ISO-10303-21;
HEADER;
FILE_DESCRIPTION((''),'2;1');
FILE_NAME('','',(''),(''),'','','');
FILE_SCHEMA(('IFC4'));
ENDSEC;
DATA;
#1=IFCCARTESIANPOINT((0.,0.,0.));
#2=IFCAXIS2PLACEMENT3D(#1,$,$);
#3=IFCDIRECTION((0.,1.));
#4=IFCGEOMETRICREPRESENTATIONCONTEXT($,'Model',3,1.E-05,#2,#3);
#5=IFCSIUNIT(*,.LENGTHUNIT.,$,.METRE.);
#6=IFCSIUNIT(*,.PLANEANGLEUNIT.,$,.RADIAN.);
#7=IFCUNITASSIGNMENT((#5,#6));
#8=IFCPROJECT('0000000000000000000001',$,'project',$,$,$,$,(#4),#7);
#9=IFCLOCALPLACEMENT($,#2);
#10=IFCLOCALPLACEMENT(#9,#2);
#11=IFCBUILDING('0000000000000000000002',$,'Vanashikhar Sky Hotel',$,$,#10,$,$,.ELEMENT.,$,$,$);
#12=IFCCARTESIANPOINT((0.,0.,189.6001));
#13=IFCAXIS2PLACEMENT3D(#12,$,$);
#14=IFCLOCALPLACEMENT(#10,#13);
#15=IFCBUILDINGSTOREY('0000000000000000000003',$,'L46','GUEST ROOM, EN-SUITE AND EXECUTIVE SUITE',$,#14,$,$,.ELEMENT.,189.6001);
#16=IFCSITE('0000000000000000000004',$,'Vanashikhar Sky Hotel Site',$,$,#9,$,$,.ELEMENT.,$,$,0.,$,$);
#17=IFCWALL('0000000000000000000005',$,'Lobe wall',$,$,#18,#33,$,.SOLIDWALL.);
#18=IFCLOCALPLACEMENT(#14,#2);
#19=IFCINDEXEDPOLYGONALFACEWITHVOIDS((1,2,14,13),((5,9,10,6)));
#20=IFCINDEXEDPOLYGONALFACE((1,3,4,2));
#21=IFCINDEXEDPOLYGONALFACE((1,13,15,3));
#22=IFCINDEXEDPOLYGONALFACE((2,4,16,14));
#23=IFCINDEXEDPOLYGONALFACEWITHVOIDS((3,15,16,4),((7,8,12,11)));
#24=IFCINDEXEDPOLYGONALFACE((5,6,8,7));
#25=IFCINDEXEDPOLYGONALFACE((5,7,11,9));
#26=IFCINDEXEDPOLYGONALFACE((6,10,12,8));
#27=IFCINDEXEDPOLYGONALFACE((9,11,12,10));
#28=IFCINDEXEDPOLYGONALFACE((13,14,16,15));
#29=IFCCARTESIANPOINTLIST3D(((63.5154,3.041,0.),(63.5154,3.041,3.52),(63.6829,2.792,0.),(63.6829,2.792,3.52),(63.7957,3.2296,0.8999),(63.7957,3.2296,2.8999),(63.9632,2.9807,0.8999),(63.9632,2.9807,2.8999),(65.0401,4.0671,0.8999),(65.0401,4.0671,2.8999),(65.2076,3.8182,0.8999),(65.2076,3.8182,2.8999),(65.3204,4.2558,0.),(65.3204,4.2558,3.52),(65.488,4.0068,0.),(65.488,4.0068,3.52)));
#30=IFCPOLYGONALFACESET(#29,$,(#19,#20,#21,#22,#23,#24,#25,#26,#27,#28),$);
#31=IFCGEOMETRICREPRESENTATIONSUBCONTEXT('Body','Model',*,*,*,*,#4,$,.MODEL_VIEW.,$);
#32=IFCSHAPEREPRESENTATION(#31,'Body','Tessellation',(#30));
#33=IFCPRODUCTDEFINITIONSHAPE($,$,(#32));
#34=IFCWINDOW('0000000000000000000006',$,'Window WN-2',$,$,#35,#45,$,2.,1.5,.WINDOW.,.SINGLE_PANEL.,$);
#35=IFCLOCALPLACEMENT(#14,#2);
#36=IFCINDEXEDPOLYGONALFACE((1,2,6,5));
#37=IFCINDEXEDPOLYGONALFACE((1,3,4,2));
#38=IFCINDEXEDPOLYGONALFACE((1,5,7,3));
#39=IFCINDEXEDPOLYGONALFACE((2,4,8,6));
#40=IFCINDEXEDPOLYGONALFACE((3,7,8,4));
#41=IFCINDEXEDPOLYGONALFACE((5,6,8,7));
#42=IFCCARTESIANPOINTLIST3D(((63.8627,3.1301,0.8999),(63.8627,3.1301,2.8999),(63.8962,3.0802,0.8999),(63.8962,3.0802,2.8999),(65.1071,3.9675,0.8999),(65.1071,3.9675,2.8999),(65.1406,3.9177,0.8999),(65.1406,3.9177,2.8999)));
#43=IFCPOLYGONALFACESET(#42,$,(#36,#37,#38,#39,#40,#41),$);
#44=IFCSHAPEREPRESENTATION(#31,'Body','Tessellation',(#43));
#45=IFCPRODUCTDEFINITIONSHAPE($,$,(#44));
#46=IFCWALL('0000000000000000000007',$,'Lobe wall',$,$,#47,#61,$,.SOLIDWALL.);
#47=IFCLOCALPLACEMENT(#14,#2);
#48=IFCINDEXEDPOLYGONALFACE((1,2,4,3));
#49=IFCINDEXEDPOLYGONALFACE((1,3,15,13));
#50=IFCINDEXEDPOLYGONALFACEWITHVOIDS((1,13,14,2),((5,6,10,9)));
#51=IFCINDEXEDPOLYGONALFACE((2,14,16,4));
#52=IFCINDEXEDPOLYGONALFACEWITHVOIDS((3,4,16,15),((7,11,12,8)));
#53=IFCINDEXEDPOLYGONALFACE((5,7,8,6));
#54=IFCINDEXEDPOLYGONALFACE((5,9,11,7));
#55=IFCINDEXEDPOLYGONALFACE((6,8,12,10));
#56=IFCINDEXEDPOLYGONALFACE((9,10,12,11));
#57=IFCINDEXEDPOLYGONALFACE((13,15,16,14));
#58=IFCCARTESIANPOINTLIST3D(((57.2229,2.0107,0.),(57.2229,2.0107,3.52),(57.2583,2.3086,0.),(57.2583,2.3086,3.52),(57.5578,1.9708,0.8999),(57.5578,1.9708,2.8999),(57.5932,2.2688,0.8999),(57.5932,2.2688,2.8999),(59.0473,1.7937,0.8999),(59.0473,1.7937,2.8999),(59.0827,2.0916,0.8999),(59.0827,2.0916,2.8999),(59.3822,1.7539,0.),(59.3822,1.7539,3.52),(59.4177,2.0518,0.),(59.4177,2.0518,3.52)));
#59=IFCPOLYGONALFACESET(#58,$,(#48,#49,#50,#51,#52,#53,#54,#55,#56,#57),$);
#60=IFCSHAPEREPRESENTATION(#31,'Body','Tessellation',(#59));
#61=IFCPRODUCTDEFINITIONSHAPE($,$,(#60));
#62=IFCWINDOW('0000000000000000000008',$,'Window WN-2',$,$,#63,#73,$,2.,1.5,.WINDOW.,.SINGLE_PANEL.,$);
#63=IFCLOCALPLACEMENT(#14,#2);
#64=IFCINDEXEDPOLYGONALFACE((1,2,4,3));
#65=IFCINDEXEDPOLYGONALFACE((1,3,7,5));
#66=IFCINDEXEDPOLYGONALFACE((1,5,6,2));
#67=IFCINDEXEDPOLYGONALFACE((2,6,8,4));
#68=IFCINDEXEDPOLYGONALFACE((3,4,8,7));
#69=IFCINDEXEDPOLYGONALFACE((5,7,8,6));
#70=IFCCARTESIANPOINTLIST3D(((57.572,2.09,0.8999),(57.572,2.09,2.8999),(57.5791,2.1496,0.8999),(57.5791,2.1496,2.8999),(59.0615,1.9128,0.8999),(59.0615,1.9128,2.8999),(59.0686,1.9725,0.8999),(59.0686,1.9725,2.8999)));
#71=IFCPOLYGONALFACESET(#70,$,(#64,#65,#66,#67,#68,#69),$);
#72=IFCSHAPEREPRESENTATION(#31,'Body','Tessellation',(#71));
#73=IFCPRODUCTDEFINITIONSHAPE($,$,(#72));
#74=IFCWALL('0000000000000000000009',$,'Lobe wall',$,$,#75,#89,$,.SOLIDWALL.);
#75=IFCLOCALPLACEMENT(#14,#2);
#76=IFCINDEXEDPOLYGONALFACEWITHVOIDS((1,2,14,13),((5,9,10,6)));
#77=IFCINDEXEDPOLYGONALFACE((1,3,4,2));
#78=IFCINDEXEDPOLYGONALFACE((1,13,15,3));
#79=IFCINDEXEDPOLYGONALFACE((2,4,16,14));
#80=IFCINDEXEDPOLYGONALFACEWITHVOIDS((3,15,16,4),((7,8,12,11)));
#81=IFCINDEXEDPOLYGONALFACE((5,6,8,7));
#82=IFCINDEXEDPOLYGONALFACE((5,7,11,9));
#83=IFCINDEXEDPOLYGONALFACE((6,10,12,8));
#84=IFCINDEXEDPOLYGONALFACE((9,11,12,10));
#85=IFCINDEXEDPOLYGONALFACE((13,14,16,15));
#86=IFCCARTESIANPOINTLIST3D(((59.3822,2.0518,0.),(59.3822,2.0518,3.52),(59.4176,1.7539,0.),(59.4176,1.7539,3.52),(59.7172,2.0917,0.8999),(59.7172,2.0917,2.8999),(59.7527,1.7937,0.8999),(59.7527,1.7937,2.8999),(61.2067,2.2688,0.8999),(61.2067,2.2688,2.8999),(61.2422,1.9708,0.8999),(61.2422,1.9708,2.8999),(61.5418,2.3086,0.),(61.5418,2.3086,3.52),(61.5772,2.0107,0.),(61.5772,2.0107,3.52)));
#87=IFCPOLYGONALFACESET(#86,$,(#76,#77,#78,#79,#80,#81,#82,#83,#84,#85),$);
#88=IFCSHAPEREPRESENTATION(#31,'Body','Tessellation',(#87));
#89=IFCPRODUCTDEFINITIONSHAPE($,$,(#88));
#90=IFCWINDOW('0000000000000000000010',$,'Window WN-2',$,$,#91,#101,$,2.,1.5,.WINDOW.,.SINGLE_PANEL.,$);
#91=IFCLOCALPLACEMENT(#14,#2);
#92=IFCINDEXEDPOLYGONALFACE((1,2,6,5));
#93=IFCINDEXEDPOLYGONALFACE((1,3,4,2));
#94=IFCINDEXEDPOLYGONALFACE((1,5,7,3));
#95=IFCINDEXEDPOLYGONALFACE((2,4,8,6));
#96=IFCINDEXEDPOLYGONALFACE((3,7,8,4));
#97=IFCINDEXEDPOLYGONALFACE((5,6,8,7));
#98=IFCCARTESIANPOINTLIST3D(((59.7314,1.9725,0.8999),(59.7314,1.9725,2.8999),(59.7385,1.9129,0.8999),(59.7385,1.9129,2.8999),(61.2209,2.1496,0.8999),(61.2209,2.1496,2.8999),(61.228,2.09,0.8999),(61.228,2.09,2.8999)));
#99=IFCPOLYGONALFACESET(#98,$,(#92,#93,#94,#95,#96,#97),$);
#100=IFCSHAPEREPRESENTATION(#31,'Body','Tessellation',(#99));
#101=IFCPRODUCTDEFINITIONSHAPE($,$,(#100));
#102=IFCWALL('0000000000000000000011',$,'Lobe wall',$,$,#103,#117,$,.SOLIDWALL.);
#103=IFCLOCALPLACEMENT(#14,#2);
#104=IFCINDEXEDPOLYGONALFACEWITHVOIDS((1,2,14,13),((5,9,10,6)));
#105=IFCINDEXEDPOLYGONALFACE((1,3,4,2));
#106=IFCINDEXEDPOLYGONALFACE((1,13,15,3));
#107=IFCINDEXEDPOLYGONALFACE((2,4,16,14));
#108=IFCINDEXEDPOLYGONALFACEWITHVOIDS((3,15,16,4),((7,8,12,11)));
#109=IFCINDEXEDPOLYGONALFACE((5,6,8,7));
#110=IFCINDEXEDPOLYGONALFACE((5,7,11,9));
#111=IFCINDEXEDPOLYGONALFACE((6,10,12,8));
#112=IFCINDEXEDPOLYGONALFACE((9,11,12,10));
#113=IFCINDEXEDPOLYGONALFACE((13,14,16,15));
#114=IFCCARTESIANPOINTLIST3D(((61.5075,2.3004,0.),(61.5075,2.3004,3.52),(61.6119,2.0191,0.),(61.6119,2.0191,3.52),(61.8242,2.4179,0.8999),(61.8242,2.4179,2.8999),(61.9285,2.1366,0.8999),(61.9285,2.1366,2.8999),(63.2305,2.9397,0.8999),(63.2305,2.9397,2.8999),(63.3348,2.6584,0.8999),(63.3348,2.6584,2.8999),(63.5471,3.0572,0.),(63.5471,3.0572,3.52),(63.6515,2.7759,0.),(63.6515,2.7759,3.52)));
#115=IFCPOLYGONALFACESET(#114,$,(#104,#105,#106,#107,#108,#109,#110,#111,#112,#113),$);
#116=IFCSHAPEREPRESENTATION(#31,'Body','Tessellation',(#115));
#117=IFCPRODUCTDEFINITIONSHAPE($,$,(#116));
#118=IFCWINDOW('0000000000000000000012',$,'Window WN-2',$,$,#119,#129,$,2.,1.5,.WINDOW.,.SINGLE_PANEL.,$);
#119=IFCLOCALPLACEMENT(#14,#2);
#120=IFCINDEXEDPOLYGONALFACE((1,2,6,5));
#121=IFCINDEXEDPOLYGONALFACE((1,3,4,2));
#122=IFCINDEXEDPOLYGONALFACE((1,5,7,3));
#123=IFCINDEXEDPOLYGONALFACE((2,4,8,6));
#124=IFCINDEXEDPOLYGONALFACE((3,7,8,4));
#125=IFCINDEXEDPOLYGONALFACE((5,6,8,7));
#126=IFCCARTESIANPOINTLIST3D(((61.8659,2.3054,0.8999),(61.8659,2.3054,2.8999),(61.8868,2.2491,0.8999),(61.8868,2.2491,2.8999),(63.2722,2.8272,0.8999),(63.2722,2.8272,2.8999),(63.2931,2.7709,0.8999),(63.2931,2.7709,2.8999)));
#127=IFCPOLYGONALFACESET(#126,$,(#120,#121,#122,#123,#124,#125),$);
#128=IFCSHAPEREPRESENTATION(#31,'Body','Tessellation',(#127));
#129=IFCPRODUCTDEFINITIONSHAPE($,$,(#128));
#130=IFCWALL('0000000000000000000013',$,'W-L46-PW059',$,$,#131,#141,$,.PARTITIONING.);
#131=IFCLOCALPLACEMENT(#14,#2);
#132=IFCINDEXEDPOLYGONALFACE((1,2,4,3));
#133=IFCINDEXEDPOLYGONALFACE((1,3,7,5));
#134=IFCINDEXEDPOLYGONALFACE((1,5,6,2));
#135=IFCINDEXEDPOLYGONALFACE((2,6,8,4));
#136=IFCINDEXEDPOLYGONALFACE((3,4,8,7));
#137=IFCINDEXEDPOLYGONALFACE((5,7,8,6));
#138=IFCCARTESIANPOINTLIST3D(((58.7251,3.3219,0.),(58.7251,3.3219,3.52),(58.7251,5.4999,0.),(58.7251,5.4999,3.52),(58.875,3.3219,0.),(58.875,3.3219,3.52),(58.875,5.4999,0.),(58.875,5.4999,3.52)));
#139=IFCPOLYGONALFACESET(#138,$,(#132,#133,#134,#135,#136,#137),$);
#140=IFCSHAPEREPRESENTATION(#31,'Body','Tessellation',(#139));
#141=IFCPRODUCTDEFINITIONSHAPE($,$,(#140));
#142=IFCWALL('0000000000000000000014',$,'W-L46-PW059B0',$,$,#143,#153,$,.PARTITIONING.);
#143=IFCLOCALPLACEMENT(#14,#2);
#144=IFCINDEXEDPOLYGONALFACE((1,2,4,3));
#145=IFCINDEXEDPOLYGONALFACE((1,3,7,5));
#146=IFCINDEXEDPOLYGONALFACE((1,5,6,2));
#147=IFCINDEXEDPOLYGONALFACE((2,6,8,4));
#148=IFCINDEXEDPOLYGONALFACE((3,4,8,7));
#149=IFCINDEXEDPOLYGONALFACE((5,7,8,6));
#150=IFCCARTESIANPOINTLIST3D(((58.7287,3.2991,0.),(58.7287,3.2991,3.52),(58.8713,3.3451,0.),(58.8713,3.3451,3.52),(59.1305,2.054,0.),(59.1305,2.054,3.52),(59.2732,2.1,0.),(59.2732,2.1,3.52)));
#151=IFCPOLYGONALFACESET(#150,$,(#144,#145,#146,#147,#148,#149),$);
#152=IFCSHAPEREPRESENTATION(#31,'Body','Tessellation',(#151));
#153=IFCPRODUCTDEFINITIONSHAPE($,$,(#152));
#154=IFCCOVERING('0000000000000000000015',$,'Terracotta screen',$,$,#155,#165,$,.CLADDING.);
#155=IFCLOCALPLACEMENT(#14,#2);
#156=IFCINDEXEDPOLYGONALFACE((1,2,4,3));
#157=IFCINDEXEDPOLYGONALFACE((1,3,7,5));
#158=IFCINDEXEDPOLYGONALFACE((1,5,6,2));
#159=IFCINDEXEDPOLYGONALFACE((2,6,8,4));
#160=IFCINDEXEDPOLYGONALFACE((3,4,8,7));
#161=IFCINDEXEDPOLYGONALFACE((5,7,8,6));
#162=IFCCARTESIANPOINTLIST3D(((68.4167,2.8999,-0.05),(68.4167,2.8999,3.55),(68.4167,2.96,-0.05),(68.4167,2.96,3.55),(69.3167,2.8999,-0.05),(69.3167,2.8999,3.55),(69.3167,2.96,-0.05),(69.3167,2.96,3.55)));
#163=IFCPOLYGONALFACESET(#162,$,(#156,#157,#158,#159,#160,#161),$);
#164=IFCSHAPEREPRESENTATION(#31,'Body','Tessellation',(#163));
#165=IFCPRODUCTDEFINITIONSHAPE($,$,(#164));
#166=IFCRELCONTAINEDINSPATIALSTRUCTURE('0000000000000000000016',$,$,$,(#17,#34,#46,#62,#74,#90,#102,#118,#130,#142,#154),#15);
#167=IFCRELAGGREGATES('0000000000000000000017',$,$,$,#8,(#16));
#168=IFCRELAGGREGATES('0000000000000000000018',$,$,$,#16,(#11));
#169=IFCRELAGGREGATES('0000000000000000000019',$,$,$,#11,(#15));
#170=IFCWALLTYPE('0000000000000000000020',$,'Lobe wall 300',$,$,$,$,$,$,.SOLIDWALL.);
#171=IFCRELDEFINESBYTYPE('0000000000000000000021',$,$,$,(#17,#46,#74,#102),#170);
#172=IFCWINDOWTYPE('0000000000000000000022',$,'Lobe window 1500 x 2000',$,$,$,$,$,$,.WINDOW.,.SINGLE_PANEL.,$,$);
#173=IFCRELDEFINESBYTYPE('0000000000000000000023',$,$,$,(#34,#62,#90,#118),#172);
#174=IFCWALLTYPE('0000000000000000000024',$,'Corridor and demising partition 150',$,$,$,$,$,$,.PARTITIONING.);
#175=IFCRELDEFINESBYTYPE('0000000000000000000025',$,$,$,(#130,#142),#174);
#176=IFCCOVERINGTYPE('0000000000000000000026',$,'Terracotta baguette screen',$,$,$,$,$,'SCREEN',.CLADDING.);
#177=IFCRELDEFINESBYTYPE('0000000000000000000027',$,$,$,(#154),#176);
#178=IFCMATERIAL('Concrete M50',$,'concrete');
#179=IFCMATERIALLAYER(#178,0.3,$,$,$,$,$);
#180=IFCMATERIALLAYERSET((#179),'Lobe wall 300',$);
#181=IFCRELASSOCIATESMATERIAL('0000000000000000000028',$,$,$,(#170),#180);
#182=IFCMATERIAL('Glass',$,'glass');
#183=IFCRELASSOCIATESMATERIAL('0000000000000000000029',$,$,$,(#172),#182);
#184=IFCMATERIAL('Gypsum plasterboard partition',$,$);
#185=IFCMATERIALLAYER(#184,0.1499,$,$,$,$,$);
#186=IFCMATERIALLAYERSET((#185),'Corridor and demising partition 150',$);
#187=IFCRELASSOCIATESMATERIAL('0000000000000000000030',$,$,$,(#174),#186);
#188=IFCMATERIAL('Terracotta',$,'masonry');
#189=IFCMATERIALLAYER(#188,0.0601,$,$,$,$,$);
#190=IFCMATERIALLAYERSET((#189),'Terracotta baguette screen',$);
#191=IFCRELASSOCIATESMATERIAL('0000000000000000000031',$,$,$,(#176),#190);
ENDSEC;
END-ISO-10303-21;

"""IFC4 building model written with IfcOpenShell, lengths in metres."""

from ifc_helpers import new_model, si_unit, direction, frame, frame_2d, origin, origin_2d, place, context, subcontext, project, spatial, rectangle, extrude, source, transform, mapped, material, layer, layer_set, type_object, element, fill, save


model = new_model("IFC4")

# Units and contexts
model_context = context("Model", 3, precision=1e-05, world=origin(), true_north=direction((0.0, 1.0)))
body_context = subcontext(model_context, "Body", "Model", "MODEL_VIEW")
ifc_project = project(units=[si_unit("LENGTHUNIT", "METRE"), si_unit("PLANEANGLEUNIT", "RADIAN")], contexts=[model_context])

# Site, building, storey
site_placement = place(None, origin())
site = spatial("IfcSite", under=ifc_project, at=site_placement, Name="Vanashikhar Sky Hotel Site", CompositionType="ELEMENT", RefElevation=0.0)
building_placement = place(site_placement, origin())
building = spatial("IfcBuilding", under=site, at=building_placement, Name="Vanashikhar Sky Hotel", CompositionType="ELEMENT")
storey_placement = place(building_placement, frame((0.0, 0.0, 189.6001)))
storey = spatial("IfcBuildingStorey", under=building, at=storey_placement, Name="L46", Description="GUEST ROOM, EN-SUITE AND EXECUTIVE SUITE", CompositionType="ELEMENT", Elevation=189.6001)

# Walls, openings, windows
ifc_material_1 = material(Name="Concrete M50", Category="concrete")
ifc_layer_1 = layer(ifc_material_1, 0.3)
ifc_layer_set_1 = layer_set([ifc_layer_1], Name="Lobe wall 300")
wall_type_1 = type_object("IfcWallType", Name="Lobe wall 300", PredefinedType="SOLIDWALL", material=ifc_layer_set_1)
shared_shape_1 = source(origin(), body_context, "Body", "SweptSolid", [
    extrude(rectangle(XDim=2.1758, YDim=0.3, at=frame_2d((1.0879, 0.0))), origin(), (0.0, 0.0, 1.0), 3.52),
])
wall_1_placement = place(storey_placement, frame((63.5991, 2.9165, 0.0), z_axis=(0.0, 0.0, 1.0), x_axis=(0.829626, 0.55832, 0.0)))
wall_1 = element("IfcWall", 1, at=wall_1_placement, inside=storey, type_object=wall_type_1, Name="Lobe wall", PredefinedType="SOLIDWALL", context=body_context, shape_type="MappedRepresentation", body=[
    mapped(shared_shape_1, transform((0.0, 0.0, 0.0), scale=1.0)),
])
shared_shape_2 = source(origin(), body_context, "Body", "SweptSolid", [
    extrude(rectangle(XDim=1.5, YDim=2.0, at=frame_2d((0.75, 1.0))), frame((0.0, 0.1602, 0.0), z_axis=(0.0, -1.0, 0.0), x_axis=(1.0, 0.0, 0.0)), (0.0, 0.0, 1.0), 0.3201),
])
opening_1_placement = place(wall_1_placement, frame((0.3379, 0.0, 0.8999)))
opening_1 = element("IfcOpeningElement", 2, at=opening_1_placement, cuts=wall_1, PredefinedType="OPENING", context=body_context, shape_type="MappedRepresentation", body=[
    mapped(shared_shape_2, transform((0.0, 0.0, 0.0), scale=1.0)),
])
ifc_material_2 = material(Name="Glass", Category="glass")
window_type = type_object("IfcWindowType", Name="Lobe window 1500 x 2000", PartitioningType="SINGLE_PANEL", PredefinedType="WINDOW", material=ifc_material_2)
shared_shape_3 = source(origin(), body_context, "Body", "SweptSolid", [
    extrude(rectangle(XDim=1.5, YDim=2.0, at=frame_2d((0.75, 1.0))), frame((0.0, 0.03, 0.0), z_axis=(0.0, -1.0, 0.0), x_axis=(1.0, 0.0, 0.0)), (0.0, 0.0, 1.0), 0.0601),
])
window_1_placement = place(opening_1_placement, origin())
window_1 = element("IfcWindow", 3, at=window_1_placement, inside=storey, type_object=window_type, Name="Window WN-2", OverallHeight=2.0, OverallWidth=1.5, PartitioningType="SINGLE_PANEL", PredefinedType="WINDOW", context=body_context, shape_type="MappedRepresentation", body=[
    mapped(shared_shape_3, transform((0.0, 0.0, 0.0), scale=1.0)),
])
fill(opening_1, window_1)
shared_shape_4 = source(origin(), body_context, "Body", "SweptSolid", [
    extrude(rectangle(XDim=2.1746, YDim=0.3, at=frame_2d((1.0874, 0.0))), origin(), (0.0, 0.0, 1.0), 3.52),
])
wall_2_placement = place(storey_placement, frame((57.2405, 2.1597, 0.0), z_axis=(0.0, 0.0, 1.0), x_axis=(0.993001, -0.118105, 0.0)))
wall_2 = element("IfcWall", 4, at=wall_2_placement, inside=storey, type_object=wall_type_1, Name="Lobe wall", PredefinedType="SOLIDWALL", context=body_context, shape_type="MappedRepresentation", body=[
    mapped(shared_shape_4, transform((0.0, 0.0, 0.0), scale=1.0)),
])
opening_2_placement = place(wall_2_placement, frame((0.3374, 0.0, 0.8999)))
opening_2 = element("IfcOpeningElement", 5, at=opening_2_placement, cuts=wall_2, PredefinedType="OPENING", context=body_context, shape_type="MappedRepresentation", body=[
    mapped(shared_shape_2, transform((0.0, 0.0, 0.0), scale=1.0)),
])
window_2_placement = place(opening_2_placement, origin())
window_2 = element("IfcWindow", 6, at=window_2_placement, inside=storey, type_object=window_type, Name="Window WN-2", OverallHeight=2.0, OverallWidth=1.5, PartitioningType="SINGLE_PANEL", PredefinedType="WINDOW", context=body_context, shape_type="MappedRepresentation", body=[
    mapped(shared_shape_3, transform((0.0, 0.0, 0.0), scale=1.0)),
])
fill(opening_2, window_2)
shared_shape_5 = source(origin(), body_context, "Body", "SweptSolid", [
    extrude(rectangle(XDim=2.1748, YDim=0.3, at=frame_2d((1.0874, 0.0))), origin(), (0.0, 0.0, 1.0), 3.52),
])
wall_3_placement = place(storey_placement, frame((59.3999, 1.9028, 0.0), z_axis=(0.0, 0.0, 1.0), x_axis=(0.993003, 0.118092, 0.0)))
wall_3 = element("IfcWall", 7, at=wall_3_placement, inside=storey, type_object=wall_type_1, Name="Lobe wall", PredefinedType="SOLIDWALL", context=body_context, shape_type="MappedRepresentation", body=[
    mapped(shared_shape_5, transform((0.0, 0.0, 0.0), scale=1.0)),
])
opening_3_placement = place(wall_3_placement, frame((0.3374, 0.0, 0.8999)))
opening_3 = element("IfcOpeningElement", 8, at=opening_3_placement, cuts=wall_3, PredefinedType="OPENING", context=body_context, shape_type="MappedRepresentation", body=[
    mapped(shared_shape_2, transform((0.0, 0.0, 0.0), scale=1.0)),
])
window_3_placement = place(opening_3_placement, origin())
window_3 = element("IfcWindow", 9, at=window_3_placement, inside=storey, type_object=window_type, Name="Window WN-2", OverallHeight=2.0, OverallWidth=1.5, PartitioningType="SINGLE_PANEL", PredefinedType="WINDOW", context=body_context, shape_type="MappedRepresentation", body=[
    mapped(shared_shape_3, transform((0.0, 0.0, 0.0), scale=1.0)),
])
fill(opening_3, window_3)
shared_shape_6 = source(origin(), body_context, "Body", "SweptSolid", [
    extrude(rectangle(XDim=2.1755, YDim=0.3, at=frame_2d((1.0879, 0.0))), origin(), (0.0, 0.0, 1.0), 3.52),
])
wall_4_placement = place(storey_placement, frame((61.5596, 2.1597, 0.0), z_axis=(0.0, 0.0, 1.0), x_axis=(0.937532, 0.347899, 0.0)))
wall_4 = element("IfcWall", 10, at=wall_4_placement, inside=storey, type_object=wall_type_1, Name="Lobe wall", PredefinedType="SOLIDWALL", context=body_context, shape_type="MappedRepresentation", body=[
    mapped(shared_shape_6, transform((0.0, 0.0, 0.0), scale=1.0)),
])
opening_4_placement = place(wall_4_placement, frame((0.3379, 0.0, 0.8999)))
opening_4 = element("IfcOpeningElement", 11, at=opening_4_placement, cuts=wall_4, PredefinedType="OPENING", context=body_context, shape_type="MappedRepresentation", body=[
    mapped(shared_shape_2, transform((0.0, 0.0, 0.0), scale=1.0)),
])
window_4_placement = place(opening_4_placement, origin())
window_4 = element("IfcWindow", 12, at=window_4_placement, inside=storey, type_object=window_type, Name="Window WN-2", OverallHeight=2.0, OverallWidth=1.5, PartitioningType="SINGLE_PANEL", PredefinedType="WINDOW", context=body_context, shape_type="MappedRepresentation", body=[
    mapped(shared_shape_3, transform((0.0, 0.0, 0.0), scale=1.0)),
])
fill(opening_4, window_4)

# Walls
ifc_material_3 = material(Name="Gypsum plasterboard partition")
ifc_layer_2 = layer(ifc_material_3, 0.1499)
ifc_layer_set_2 = layer_set([ifc_layer_2], Name="Corridor and demising partition 150")
wall_type_2 = type_object("IfcWallType", Name="Corridor and demising partition 150", PredefinedType="PARTITIONING", material=ifc_layer_set_2)
shared_shape_7 = source(origin(), body_context, "Body", "SweptSolid", [
    extrude(rectangle(XDim=2.178, YDim=0.1499, at=frame_2d((1.0889, 0.0))), origin(), (0.0, 0.0, 1.0), 3.52),
])
wall_5_placement = place(storey_placement, frame((58.8, 3.322, 0.0), z_axis=(0.0, 0.0, 1.0), x_axis=(0.0, 1.0, 0.0)))
element("IfcWall", 13, at=wall_5_placement, inside=storey, type_object=wall_type_2, Name="W-L46-PW059", PredefinedType="PARTITIONING", context=body_context, shape_type="MappedRepresentation", body=[
    mapped(shared_shape_7, transform((0.0, 0.0, 0.0), scale=1.0)),
])
shared_shape_8 = source(origin(), body_context, "Body", "SweptSolid", [
    extrude(rectangle(XDim=1.3083, YDim=0.1499, at=frame_2d((0.6543, 0.0))), origin(), (0.0, 0.0, 1.0), 3.52),
])
wall_6_placement = place(storey_placement, frame((59.2019, 2.0769, 0.0), z_axis=(0.0, 0.0, 1.0), x_axis=(-0.307145, 0.951663, 0.0)))
element("IfcWall", 14, at=wall_6_placement, inside=storey, type_object=wall_type_2, Name="W-L46-PW059B0", PredefinedType="PARTITIONING", context=body_context, shape_type="MappedRepresentation", body=[
    mapped(shared_shape_8, transform((0.0, 0.0, 0.0), scale=1.0)),
])

# Covering
ifc_material_4 = material(Name="Terracotta", Category="masonry")
ifc_layer_3 = layer(ifc_material_4, 0.0601)
ifc_layer_set_3 = layer_set([ifc_layer_3], Name="Terracotta baguette screen")
covering_type_1 = type_object("IfcCoveringType", Name="Terracotta baguette screen", ElementType="SCREEN", PredefinedType="CLADDING", material=ifc_layer_set_3)
shared_shape_9 = source(origin(), body_context, "Body", "SweptSolid", [
    extrude(rectangle(XDim=0.8999, YDim=0.0601, at=origin_2d()), origin(), (0.0, 0.0, 1.0), 3.6001),
])
covering_placement = place(storey_placement, frame((68.8667, 2.9299, -0.05), z_axis=(0.0, 0.0, 1.0), x_axis=(1.0, 0.0, 0.0)))
element("IfcCovering", 15, at=covering_placement, inside=storey, type_object=covering_type_1, Name="Terracotta screen", PredefinedType="CLADDING", context=body_context, shape_type="MappedRepresentation", body=[
    mapped(shared_shape_9, transform((0.0, 0.0, 0.0), scale=1.0)),
])

save(model, "model.ifc")
